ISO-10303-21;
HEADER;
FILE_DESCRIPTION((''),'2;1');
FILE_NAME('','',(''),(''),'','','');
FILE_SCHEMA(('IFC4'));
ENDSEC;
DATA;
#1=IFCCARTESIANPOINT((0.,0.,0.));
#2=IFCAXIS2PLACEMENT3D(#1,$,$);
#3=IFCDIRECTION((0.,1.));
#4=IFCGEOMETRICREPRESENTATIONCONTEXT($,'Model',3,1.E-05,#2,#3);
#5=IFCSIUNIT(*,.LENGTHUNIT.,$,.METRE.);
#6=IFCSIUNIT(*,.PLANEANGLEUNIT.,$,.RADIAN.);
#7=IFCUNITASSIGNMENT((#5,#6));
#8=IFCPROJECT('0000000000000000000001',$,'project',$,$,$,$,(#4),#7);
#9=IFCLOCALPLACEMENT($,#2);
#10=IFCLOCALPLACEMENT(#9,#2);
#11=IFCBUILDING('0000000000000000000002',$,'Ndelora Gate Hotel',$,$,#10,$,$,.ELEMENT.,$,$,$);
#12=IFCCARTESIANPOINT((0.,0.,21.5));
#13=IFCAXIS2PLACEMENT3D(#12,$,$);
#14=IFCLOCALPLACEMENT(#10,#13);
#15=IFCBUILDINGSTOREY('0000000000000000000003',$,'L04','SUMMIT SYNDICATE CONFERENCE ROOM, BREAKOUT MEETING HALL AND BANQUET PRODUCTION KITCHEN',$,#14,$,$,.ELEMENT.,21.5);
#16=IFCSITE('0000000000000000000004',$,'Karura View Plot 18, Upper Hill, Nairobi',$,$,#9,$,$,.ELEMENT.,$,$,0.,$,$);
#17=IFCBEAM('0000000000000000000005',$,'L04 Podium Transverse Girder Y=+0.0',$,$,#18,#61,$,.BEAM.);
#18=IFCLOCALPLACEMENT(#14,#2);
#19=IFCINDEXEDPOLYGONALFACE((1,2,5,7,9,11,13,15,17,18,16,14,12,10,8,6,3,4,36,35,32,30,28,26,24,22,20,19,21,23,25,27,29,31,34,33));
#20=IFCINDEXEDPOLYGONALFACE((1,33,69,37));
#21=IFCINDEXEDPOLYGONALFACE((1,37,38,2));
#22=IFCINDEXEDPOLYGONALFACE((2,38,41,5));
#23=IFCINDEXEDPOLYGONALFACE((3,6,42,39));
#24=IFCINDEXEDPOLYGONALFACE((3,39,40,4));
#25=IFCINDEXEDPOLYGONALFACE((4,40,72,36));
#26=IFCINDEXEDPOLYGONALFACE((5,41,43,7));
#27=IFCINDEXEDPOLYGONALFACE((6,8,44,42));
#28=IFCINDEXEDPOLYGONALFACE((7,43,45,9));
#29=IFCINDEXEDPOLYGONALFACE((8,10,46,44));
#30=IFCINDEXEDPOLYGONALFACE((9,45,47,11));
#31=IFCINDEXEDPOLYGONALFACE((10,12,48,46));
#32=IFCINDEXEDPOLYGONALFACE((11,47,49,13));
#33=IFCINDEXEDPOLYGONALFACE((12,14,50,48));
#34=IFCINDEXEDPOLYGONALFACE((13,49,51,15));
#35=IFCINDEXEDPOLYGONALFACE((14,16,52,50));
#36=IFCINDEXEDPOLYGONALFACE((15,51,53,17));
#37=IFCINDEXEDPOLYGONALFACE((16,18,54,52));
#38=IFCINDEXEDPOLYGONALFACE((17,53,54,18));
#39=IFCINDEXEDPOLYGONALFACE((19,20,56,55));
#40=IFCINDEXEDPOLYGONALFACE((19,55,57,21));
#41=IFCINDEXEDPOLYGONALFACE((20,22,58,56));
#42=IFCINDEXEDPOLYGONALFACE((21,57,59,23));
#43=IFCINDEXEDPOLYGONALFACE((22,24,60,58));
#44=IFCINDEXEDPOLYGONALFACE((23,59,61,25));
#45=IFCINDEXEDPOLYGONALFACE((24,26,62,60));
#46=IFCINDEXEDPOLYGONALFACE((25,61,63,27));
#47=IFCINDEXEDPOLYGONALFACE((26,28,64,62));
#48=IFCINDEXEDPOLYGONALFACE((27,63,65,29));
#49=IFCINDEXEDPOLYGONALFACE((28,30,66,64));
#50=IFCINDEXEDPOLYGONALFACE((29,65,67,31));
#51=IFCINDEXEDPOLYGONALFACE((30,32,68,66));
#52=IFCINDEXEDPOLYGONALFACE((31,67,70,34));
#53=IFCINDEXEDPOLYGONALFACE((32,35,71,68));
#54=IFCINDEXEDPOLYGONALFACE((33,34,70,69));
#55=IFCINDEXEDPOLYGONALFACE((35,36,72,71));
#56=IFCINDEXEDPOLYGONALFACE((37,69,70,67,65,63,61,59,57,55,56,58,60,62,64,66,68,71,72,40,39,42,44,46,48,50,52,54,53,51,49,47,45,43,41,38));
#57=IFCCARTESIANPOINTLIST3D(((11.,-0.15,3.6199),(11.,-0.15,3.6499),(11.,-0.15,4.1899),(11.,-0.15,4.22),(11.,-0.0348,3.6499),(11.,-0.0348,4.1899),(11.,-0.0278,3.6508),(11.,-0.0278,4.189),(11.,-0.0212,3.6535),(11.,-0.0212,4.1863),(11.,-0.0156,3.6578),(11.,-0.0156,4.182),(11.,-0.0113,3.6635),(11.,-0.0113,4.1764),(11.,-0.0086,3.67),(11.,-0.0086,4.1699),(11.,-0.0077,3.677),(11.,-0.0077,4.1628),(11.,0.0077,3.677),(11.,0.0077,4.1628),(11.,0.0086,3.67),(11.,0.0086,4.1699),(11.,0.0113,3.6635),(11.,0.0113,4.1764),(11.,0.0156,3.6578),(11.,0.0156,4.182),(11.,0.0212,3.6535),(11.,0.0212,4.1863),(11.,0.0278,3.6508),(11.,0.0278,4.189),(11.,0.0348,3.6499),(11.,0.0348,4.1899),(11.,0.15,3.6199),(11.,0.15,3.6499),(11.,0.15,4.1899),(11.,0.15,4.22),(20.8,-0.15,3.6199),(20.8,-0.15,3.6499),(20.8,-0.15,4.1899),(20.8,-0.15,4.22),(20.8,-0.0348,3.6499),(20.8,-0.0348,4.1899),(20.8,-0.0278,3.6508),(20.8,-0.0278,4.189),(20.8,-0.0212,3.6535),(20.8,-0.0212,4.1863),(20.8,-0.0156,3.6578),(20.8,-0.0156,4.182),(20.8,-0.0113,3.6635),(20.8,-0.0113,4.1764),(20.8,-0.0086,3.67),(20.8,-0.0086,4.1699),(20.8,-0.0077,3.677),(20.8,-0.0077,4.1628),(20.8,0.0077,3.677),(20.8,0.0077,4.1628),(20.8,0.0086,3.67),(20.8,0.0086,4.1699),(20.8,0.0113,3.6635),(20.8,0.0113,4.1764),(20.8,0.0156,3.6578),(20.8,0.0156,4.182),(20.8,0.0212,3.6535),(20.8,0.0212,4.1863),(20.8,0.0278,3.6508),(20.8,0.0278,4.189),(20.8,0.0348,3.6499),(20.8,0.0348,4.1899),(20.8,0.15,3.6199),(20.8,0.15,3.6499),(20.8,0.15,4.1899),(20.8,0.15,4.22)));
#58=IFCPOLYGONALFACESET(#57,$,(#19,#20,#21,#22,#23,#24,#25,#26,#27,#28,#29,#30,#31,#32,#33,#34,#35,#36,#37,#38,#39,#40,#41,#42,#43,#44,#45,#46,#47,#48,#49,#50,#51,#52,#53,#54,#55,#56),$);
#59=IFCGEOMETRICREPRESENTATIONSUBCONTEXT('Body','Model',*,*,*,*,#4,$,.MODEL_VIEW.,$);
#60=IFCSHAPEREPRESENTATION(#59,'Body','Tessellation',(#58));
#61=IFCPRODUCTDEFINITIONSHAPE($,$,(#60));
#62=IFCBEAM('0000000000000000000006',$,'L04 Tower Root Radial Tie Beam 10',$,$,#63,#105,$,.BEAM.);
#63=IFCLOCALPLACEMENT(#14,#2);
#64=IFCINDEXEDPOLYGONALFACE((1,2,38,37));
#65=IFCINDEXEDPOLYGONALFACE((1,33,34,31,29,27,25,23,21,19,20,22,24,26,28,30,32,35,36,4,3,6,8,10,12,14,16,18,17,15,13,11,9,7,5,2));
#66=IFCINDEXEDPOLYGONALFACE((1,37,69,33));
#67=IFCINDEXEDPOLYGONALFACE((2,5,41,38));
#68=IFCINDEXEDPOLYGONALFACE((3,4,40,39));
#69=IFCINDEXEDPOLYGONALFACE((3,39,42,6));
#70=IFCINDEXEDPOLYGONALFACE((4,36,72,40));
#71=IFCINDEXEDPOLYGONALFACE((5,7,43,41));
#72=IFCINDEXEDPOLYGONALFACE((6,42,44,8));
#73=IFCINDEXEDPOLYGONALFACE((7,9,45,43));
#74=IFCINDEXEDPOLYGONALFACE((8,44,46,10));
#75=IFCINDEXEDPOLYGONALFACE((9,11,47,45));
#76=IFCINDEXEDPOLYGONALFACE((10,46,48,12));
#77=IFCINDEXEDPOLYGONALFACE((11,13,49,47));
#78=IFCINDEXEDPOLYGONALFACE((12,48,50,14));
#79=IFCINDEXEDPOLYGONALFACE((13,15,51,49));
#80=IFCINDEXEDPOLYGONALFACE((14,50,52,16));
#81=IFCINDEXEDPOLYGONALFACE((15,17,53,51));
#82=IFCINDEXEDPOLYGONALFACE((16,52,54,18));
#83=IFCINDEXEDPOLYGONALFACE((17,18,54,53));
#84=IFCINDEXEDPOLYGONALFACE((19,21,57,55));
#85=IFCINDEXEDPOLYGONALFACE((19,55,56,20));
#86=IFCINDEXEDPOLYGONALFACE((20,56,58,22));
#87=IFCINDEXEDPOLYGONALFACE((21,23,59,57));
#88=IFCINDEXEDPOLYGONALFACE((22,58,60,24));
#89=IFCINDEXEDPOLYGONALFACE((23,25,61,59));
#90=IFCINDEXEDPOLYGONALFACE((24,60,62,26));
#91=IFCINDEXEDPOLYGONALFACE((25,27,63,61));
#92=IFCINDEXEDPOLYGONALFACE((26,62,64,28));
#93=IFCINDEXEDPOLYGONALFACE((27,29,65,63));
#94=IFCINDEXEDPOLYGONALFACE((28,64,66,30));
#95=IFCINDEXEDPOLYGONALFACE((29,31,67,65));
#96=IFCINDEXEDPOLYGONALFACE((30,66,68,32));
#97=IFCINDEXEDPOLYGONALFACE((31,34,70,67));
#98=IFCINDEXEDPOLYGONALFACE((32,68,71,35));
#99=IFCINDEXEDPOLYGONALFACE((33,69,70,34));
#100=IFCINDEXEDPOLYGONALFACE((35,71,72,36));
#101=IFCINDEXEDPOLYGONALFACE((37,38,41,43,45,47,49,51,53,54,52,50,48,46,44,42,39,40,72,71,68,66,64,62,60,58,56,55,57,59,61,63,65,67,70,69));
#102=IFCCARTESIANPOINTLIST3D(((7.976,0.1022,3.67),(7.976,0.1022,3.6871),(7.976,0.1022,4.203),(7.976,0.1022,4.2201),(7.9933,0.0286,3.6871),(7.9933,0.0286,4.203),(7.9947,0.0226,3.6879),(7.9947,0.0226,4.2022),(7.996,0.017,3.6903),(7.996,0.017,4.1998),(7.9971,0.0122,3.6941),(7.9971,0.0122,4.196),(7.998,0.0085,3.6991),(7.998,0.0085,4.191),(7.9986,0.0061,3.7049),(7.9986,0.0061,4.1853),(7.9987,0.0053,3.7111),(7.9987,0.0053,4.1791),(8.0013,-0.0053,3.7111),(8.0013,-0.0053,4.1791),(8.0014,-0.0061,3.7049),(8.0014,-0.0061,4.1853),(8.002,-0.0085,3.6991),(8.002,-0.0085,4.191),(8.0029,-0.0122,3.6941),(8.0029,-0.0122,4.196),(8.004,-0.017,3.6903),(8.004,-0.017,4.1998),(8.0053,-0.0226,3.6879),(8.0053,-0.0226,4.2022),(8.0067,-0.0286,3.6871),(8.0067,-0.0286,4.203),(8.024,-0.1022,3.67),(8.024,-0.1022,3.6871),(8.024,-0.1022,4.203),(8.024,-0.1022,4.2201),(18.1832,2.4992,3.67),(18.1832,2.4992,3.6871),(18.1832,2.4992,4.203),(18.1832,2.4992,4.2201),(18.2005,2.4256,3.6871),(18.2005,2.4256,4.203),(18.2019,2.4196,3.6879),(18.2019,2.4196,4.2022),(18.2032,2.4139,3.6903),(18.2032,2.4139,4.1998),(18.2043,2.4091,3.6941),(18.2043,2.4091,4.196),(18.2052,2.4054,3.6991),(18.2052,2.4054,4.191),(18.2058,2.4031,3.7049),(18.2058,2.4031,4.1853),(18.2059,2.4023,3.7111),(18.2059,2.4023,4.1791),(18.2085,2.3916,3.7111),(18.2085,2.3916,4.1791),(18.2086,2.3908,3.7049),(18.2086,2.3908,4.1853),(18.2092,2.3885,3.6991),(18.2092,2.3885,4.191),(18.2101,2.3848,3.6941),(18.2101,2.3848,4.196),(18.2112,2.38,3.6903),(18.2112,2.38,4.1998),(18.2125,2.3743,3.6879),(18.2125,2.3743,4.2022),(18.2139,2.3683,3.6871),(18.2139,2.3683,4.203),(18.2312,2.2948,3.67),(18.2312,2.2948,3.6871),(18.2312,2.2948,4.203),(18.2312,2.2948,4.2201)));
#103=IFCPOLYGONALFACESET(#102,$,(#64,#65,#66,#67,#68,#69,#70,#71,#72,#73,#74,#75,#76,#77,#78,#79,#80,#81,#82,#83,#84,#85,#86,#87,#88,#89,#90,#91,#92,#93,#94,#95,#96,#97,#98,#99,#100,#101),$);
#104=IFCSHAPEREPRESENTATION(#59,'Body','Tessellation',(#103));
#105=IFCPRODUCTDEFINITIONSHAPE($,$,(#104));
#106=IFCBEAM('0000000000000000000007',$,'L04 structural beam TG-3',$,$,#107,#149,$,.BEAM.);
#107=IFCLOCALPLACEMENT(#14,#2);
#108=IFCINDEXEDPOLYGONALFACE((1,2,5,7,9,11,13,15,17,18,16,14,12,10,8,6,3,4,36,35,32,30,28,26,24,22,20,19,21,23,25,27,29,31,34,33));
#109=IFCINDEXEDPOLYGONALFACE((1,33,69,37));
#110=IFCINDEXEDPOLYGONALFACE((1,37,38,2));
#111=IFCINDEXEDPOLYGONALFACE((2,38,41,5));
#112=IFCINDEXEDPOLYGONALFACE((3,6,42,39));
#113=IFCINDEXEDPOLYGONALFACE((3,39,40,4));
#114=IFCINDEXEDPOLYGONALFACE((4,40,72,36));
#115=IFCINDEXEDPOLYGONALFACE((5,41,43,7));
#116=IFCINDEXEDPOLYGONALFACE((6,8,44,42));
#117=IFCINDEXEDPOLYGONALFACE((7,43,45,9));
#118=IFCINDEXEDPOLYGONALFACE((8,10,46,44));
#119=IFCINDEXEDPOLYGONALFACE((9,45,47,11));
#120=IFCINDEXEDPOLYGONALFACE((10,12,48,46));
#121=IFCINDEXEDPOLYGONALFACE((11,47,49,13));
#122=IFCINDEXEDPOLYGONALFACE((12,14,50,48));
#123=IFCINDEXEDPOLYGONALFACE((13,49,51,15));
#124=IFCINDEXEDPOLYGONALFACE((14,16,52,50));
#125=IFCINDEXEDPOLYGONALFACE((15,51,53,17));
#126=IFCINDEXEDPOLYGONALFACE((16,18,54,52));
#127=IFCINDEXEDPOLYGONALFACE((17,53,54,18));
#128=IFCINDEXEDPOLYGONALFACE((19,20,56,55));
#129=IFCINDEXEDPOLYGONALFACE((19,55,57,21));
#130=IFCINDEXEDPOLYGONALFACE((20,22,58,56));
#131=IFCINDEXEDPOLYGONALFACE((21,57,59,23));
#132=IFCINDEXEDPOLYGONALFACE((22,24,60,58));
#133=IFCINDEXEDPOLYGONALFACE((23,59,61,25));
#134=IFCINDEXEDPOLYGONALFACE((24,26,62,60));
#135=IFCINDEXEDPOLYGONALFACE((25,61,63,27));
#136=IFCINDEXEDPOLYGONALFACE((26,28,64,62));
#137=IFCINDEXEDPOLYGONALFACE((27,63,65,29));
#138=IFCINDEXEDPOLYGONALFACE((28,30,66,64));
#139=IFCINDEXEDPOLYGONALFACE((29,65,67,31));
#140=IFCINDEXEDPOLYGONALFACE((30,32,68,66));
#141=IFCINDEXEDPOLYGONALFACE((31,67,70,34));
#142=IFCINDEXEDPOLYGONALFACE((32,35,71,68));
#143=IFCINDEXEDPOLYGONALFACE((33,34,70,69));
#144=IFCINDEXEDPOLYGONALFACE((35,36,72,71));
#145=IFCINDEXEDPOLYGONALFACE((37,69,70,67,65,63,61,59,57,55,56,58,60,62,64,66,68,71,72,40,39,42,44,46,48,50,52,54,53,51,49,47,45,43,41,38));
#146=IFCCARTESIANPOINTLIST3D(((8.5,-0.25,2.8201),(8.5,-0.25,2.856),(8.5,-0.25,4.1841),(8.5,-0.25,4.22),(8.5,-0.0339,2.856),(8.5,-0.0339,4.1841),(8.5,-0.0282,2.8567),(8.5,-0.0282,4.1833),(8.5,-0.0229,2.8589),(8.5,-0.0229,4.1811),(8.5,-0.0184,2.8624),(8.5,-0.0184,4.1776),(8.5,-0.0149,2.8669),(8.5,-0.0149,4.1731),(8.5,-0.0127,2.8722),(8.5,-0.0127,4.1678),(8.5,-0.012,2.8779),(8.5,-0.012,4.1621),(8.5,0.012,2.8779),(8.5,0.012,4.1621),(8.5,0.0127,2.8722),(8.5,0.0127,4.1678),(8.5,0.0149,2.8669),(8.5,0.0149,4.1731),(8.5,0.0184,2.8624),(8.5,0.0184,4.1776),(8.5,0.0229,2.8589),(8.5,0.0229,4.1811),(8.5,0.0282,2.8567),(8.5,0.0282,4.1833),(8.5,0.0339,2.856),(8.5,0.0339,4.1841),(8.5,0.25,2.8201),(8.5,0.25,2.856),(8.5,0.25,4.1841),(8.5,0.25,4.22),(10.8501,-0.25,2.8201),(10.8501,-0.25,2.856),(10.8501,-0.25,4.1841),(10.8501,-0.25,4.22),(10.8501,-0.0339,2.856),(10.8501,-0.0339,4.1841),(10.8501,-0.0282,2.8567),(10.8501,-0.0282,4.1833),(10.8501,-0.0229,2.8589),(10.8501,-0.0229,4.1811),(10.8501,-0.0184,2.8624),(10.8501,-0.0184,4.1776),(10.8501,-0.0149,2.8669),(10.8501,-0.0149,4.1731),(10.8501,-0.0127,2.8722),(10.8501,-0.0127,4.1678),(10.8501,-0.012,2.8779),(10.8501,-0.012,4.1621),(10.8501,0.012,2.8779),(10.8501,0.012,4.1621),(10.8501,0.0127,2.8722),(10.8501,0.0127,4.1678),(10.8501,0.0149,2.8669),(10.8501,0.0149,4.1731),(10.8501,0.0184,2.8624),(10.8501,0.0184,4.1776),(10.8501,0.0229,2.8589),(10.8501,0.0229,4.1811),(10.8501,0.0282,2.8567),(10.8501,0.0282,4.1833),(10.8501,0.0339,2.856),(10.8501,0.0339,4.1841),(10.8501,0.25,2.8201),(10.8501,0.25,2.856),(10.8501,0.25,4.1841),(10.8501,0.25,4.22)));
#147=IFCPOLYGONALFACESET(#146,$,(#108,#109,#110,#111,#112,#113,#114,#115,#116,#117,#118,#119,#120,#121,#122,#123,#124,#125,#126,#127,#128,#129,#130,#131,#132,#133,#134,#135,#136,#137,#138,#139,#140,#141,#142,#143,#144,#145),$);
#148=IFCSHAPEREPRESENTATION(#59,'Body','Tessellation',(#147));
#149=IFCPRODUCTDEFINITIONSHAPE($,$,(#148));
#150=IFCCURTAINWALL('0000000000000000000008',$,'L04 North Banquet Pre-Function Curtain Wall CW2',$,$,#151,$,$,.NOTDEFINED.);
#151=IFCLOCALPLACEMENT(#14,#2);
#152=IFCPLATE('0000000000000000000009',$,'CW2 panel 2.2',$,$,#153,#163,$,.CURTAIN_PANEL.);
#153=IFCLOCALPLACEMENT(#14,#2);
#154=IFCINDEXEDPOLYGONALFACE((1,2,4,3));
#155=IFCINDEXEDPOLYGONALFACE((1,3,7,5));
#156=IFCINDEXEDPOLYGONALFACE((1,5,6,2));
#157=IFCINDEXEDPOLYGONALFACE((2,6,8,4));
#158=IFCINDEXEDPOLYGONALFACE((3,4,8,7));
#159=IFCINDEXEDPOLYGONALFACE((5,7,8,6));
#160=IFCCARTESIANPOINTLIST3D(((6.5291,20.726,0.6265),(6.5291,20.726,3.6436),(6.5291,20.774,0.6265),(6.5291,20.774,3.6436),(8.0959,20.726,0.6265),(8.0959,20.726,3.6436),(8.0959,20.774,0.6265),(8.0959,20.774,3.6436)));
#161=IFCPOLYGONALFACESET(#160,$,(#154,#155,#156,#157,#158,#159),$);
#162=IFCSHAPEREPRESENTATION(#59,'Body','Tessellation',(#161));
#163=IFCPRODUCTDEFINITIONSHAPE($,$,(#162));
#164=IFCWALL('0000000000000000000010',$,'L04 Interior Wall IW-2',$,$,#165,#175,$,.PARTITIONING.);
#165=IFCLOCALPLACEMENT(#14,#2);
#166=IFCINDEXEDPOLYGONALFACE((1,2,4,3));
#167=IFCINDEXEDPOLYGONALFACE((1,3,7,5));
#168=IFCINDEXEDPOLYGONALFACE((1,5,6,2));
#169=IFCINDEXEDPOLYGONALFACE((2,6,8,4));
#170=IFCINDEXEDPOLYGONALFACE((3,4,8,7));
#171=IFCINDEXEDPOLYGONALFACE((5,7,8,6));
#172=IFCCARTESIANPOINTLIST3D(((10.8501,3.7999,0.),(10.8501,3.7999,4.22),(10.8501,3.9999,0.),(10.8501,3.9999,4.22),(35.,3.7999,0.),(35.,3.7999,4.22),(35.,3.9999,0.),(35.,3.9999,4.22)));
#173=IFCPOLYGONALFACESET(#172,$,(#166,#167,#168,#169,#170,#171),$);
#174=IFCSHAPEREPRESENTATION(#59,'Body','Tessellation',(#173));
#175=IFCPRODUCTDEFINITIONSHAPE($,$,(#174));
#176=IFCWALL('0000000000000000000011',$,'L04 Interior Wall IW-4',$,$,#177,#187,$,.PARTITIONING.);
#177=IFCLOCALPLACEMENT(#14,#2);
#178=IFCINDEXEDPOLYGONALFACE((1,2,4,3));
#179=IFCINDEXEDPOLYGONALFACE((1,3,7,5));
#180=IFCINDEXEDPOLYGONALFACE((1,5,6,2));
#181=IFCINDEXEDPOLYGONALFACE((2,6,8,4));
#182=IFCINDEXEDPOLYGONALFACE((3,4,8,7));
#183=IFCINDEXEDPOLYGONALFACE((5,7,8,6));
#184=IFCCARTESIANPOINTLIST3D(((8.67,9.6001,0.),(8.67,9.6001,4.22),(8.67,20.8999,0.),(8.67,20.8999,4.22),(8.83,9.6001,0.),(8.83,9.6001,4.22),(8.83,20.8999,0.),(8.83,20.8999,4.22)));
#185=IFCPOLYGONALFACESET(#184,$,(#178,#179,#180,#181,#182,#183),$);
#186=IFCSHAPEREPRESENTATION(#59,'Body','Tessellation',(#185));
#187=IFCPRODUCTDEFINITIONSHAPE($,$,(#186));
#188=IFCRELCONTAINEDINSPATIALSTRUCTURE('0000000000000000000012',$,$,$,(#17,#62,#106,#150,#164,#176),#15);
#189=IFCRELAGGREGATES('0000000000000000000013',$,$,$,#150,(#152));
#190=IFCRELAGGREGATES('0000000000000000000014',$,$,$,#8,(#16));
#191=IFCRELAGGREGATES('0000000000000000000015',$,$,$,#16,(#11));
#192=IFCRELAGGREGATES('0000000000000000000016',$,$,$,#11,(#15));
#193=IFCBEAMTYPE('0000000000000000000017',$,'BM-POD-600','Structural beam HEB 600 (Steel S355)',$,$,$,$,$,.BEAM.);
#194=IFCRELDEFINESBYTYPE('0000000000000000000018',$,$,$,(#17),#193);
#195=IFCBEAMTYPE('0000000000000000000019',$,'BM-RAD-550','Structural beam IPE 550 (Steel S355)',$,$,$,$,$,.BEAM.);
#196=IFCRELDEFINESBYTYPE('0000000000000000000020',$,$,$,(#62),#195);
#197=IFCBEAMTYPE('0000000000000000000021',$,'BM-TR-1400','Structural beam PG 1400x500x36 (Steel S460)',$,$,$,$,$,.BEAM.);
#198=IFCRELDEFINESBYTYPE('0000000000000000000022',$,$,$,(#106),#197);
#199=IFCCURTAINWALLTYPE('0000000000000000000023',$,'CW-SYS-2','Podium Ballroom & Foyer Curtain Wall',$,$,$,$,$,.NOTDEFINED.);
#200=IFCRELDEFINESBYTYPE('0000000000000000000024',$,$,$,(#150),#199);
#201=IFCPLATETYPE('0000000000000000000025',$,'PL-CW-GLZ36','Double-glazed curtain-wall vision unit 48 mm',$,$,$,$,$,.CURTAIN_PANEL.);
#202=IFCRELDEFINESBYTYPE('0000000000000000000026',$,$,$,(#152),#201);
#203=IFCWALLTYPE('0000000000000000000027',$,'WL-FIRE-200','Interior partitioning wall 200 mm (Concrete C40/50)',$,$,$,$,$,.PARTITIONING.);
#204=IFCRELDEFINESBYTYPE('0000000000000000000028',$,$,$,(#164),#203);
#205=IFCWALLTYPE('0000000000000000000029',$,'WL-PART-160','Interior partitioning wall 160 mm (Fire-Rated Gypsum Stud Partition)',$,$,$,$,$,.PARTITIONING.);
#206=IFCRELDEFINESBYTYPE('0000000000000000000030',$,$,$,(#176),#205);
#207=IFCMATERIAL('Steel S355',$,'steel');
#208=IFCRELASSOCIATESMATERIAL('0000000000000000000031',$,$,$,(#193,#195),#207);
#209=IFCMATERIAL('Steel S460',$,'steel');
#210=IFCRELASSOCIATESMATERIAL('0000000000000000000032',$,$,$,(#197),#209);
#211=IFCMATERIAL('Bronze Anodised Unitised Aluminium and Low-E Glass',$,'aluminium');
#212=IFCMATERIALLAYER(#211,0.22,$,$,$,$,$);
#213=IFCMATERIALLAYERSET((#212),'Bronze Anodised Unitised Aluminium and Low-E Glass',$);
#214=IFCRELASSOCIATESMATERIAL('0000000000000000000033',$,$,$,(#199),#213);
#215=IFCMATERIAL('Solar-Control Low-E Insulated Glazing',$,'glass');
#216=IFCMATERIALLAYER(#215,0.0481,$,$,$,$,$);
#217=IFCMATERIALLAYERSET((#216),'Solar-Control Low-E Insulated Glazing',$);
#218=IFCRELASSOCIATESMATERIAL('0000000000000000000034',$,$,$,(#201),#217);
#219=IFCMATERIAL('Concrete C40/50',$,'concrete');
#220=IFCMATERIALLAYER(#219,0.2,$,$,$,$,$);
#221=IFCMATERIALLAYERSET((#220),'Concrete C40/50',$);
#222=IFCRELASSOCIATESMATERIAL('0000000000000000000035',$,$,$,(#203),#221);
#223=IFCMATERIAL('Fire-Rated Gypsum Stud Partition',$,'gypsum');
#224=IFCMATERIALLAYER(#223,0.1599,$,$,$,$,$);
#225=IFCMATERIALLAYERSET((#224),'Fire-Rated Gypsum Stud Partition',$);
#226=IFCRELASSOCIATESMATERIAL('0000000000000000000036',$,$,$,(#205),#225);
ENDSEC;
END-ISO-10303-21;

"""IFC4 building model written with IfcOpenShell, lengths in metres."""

from ifc_helpers import new_model, si_unit, direction, frame, frame_2d, origin, origin_2d, place, context, subcontext, project, spatial, rectangle, i_section, extrude, material, layer, layer_set, material_profile, profile_set, type_object, element, aggregate, save


model = new_model("IFC4")

# Units and contexts
model_context = context("Model", 3, precision=1e-05, world=origin(), true_north=direction((0.0, 1.0)))
body_context = subcontext(model_context, "Body", "Model", "MODEL_VIEW")
ifc_project = project(units=[si_unit("LENGTHUNIT", "METRE"), si_unit("PLANEANGLEUNIT", "RADIAN")], contexts=[model_context])

# Site, building, storey
site_placement = place(None, origin())
site = spatial("IfcSite", under=ifc_project, at=site_placement, Name="Karura View Plot 18, Upper Hill, Nairobi", CompositionType="ELEMENT", RefElevation=0.0)
building_placement = place(site_placement, origin())
building = spatial("IfcBuilding", under=site, at=building_placement, Name="Ndelora Gate Hotel", CompositionType="ELEMENT")
storey_placement = place(building_placement, frame((0.0, 0.0, 21.5)))
storey = spatial("IfcBuildingStorey", under=building, at=storey_placement, Name="L04", Description="SUMMIT SYNDICATE CONFERENCE ROOM, BREAKOUT MEETING HALL AND BANQUET PRODUCTION KITCHEN", CompositionType="ELEMENT", Elevation=21.5)

# Beams
ifc_material_1 = material(Name="Steel S355", Category="steel")
ifc_material_profile_1 = material_profile(ifc_material_1, i_section(OverallWidth=0.3, OverallDepth=0.6001, WebThickness=0.0154, FlangeThickness=0.03, FilletRadius=0.0271, at=origin_2d()), Name="HEB 600")
ifc_profile_set_1 = profile_set([ifc_material_profile_1], Name="Steel S355")
beam_type_1 = type_object("IfcBeamType", Name="BM-POD-600", Description="Structural beam HEB 600 (Steel S355)", PredefinedType="BEAM", material=ifc_profile_set_1)
beam_1_placement = place(storey_placement, frame((11.0, 0.0, 3.9199), z_axis=(1.0, 0.0, 0.0), x_axis=(0.0, 1.0, 0.0)))
element("IfcBeam", 1, at=beam_1_placement, inside=storey, type_object=beam_type_1, Name="L04 Podium Transverse Girder Y=+0.0", PredefinedType="BEAM", context=body_context, shape_type="SweptSolid", body=[
    extrude(i_section(OverallWidth=0.3, OverallDepth=0.6001, WebThickness=0.0154, FlangeThickness=0.03, FilletRadius=0.0271, at=origin_2d()), origin(), (0.0, 0.0, 1.0), 9.8),
])
ifc_material_profile_2 = material_profile(ifc_material_1, i_section(OverallWidth=0.21, OverallDepth=0.55, WebThickness=0.011, FlangeThickness=0.0171, FilletRadius=0.0239, at=origin_2d()), Name="IPE 550")
ifc_profile_set_2 = profile_set([ifc_material_profile_2], Name="Steel S355")
beam_type_2 = type_object("IfcBeamType", Name="BM-RAD-550", Description="Structural beam IPE 550 (Steel S355)", PredefinedType="BEAM", material=ifc_profile_set_2)
beam_2_placement = place(storey_placement, frame((8.0, 0.0, 3.9451), z_axis=(0.973518, 0.228611, 0.0), x_axis=(-0.228611, 0.973518, 0.0)))
element("IfcBeam", 2, at=beam_2_placement, inside=storey, type_object=beam_type_2, Name="L04 Tower Root Radial Tie Beam 10", PredefinedType="BEAM", context=body_context, shape_type="SweptSolid", body=[
    extrude(i_section(OverallWidth=0.21, OverallDepth=0.55, WebThickness=0.011, FlangeThickness=0.0171, FilletRadius=0.0239, at=origin_2d()), origin(), (0.0, 0.0, 1.0), 10.4849),
])
ifc_material_2 = material(Name="Steel S460", Category="steel")
ifc_material_profile_3 = material_profile(ifc_material_2, i_section(OverallWidth=0.5, OverallDepth=1.3999, WebThickness=0.0239, FlangeThickness=0.0359, FilletRadius=0.022, at=origin_2d()), Name="PG 1400x500x36")
ifc_profile_set_3 = profile_set([ifc_material_profile_3], Name="Steel S460")
beam_type_3 = type_object("IfcBeamType", Name="BM-TR-1400", Description="Structural beam PG 1400x500x36 (Steel S460)", PredefinedType="BEAM", material=ifc_profile_set_3)
beam_3_placement = place(storey_placement, frame((8.5, 0.0, 3.52), z_axis=(1.0, 0.0, 0.0), x_axis=(0.0, 1.0, 0.0)))
element("IfcBeam", 3, at=beam_3_placement, inside=storey, type_object=beam_type_3, Name="L04 structural beam TG-3", PredefinedType="BEAM", context=body_context, shape_type="SweptSolid", body=[
    extrude(i_section(OverallWidth=0.5, OverallDepth=1.3999, WebThickness=0.0239, FlangeThickness=0.0359, FilletRadius=0.022, at=origin_2d()), origin(), (0.0, 0.0, 1.0), 2.3501),
])

# Curtain wall, plate
ifc_material_3 = material(Name="Bronze Anodised Unitised Aluminium and Low-E Glass", Category="aluminium")
ifc_layer_1 = layer(ifc_material_3, 0.22)
ifc_layer_set_1 = layer_set([ifc_layer_1], Name="Bronze Anodised Unitised Aluminium and Low-E Glass")
curtain_wall_type = type_object("IfcCurtainWallType", Name="CW-SYS-2", Description="Podium Ballroom & Foyer Curtain Wall", PredefinedType="NOTDEFINED", material=ifc_layer_set_1)
curtain_wall_placement = place(storey_placement, origin())
curtain_wall = element("IfcCurtainWall", 4, at=curtain_wall_placement, inside=storey, type_object=curtain_wall_type, Name="L04 North Banquet Pre-Function Curtain Wall CW2", PredefinedType="NOTDEFINED")
ifc_material_4 = material(Name="Solar-Control Low-E Insulated Glazing", Category="glass")
ifc_layer_2 = layer(ifc_material_4, 0.0481)
ifc_layer_set_2 = layer_set([ifc_layer_2], Name="Solar-Control Low-E Insulated Glazing")
plate_type = type_object("IfcPlateType", Name="PL-CW-GLZ36", Description="Double-glazed curtain-wall vision unit 48 mm", PredefinedType="CURTAIN_PANEL", material=ifc_layer_set_2)
plate_placement = place(storey_placement, frame((7.3125, 20.75, 0.6265), z_axis=(0.0, 0.0, 1.0), x_axis=(-1.0, 0.0, 0.0)))
plate = element("IfcPlate", 5, at=plate_placement, type_object=plate_type, Name="CW2 panel 2.2", PredefinedType="CURTAIN_PANEL", context=body_context, shape_type="SweptSolid", body=[
    extrude(rectangle(XDim=1.5669, YDim=0.0481, at=origin_2d()), origin(), (0.0, 0.0, 1.0), 3.0171),
])
aggregate(curtain_wall, [plate])

# Shared definitions
ifc_material_5 = material(Name="Concrete C40/50", Category="concrete")
ifc_layer_3 = layer(ifc_material_5, 0.2)
ifc_layer_set_3 = layer_set([ifc_layer_3], Name="Concrete C40/50")
wall_type_1 = type_object("IfcWallType", Name="WL-FIRE-200", Description="Interior partitioning wall 200 mm (Concrete C40/50)", PredefinedType="PARTITIONING", material=ifc_layer_set_3)

# Walls
wall_1_placement = place(storey_placement, frame((10.8501, 3.8999, 0.0), z_axis=(0.0, 0.0, 1.0), x_axis=(1.0, 0.0, 0.0)))
element("IfcWall", 6, at=wall_1_placement, inside=storey, type_object=wall_type_1, Name="L04 Interior Wall IW-2", PredefinedType="PARTITIONING", context=body_context, shape_type="SweptSolid", body=[
    extrude(rectangle(XDim=24.1499, YDim=0.2, at=frame_2d((12.075, 0.0))), origin(), (0.0, 0.0, 1.0), 4.22),
])
ifc_material_6 = material(Name="Fire-Rated Gypsum Stud Partition", Category="gypsum")
ifc_layer_4 = layer(ifc_material_6, 0.1599)
ifc_layer_set_4 = layer_set([ifc_layer_4], Name="Fire-Rated Gypsum Stud Partition")
wall_type_2 = type_object("IfcWallType", Name="WL-PART-160", Description="Interior partitioning wall 160 mm (Fire-Rated Gypsum Stud Partition)", PredefinedType="PARTITIONING", material=ifc_layer_set_4)
wall_2_placement = place(storey_placement, frame((8.75, 9.6001, 0.0), z_axis=(0.0, 0.0, 1.0), x_axis=(0.0, 1.0, 0.0)))
element("IfcWall", 7, at=wall_2_placement, inside=storey, type_object=wall_type_2, Name="L04 Interior Wall IW-4", PredefinedType="PARTITIONING", context=body_context, shape_type="SweptSolid", body=[
    extrude(rectangle(XDim=11.2998, YDim=0.1599, at=frame_2d((5.6499, 0.0))), origin(), (0.0, 0.0, 1.0), 4.22),
])

save(model, "model.ifc")
